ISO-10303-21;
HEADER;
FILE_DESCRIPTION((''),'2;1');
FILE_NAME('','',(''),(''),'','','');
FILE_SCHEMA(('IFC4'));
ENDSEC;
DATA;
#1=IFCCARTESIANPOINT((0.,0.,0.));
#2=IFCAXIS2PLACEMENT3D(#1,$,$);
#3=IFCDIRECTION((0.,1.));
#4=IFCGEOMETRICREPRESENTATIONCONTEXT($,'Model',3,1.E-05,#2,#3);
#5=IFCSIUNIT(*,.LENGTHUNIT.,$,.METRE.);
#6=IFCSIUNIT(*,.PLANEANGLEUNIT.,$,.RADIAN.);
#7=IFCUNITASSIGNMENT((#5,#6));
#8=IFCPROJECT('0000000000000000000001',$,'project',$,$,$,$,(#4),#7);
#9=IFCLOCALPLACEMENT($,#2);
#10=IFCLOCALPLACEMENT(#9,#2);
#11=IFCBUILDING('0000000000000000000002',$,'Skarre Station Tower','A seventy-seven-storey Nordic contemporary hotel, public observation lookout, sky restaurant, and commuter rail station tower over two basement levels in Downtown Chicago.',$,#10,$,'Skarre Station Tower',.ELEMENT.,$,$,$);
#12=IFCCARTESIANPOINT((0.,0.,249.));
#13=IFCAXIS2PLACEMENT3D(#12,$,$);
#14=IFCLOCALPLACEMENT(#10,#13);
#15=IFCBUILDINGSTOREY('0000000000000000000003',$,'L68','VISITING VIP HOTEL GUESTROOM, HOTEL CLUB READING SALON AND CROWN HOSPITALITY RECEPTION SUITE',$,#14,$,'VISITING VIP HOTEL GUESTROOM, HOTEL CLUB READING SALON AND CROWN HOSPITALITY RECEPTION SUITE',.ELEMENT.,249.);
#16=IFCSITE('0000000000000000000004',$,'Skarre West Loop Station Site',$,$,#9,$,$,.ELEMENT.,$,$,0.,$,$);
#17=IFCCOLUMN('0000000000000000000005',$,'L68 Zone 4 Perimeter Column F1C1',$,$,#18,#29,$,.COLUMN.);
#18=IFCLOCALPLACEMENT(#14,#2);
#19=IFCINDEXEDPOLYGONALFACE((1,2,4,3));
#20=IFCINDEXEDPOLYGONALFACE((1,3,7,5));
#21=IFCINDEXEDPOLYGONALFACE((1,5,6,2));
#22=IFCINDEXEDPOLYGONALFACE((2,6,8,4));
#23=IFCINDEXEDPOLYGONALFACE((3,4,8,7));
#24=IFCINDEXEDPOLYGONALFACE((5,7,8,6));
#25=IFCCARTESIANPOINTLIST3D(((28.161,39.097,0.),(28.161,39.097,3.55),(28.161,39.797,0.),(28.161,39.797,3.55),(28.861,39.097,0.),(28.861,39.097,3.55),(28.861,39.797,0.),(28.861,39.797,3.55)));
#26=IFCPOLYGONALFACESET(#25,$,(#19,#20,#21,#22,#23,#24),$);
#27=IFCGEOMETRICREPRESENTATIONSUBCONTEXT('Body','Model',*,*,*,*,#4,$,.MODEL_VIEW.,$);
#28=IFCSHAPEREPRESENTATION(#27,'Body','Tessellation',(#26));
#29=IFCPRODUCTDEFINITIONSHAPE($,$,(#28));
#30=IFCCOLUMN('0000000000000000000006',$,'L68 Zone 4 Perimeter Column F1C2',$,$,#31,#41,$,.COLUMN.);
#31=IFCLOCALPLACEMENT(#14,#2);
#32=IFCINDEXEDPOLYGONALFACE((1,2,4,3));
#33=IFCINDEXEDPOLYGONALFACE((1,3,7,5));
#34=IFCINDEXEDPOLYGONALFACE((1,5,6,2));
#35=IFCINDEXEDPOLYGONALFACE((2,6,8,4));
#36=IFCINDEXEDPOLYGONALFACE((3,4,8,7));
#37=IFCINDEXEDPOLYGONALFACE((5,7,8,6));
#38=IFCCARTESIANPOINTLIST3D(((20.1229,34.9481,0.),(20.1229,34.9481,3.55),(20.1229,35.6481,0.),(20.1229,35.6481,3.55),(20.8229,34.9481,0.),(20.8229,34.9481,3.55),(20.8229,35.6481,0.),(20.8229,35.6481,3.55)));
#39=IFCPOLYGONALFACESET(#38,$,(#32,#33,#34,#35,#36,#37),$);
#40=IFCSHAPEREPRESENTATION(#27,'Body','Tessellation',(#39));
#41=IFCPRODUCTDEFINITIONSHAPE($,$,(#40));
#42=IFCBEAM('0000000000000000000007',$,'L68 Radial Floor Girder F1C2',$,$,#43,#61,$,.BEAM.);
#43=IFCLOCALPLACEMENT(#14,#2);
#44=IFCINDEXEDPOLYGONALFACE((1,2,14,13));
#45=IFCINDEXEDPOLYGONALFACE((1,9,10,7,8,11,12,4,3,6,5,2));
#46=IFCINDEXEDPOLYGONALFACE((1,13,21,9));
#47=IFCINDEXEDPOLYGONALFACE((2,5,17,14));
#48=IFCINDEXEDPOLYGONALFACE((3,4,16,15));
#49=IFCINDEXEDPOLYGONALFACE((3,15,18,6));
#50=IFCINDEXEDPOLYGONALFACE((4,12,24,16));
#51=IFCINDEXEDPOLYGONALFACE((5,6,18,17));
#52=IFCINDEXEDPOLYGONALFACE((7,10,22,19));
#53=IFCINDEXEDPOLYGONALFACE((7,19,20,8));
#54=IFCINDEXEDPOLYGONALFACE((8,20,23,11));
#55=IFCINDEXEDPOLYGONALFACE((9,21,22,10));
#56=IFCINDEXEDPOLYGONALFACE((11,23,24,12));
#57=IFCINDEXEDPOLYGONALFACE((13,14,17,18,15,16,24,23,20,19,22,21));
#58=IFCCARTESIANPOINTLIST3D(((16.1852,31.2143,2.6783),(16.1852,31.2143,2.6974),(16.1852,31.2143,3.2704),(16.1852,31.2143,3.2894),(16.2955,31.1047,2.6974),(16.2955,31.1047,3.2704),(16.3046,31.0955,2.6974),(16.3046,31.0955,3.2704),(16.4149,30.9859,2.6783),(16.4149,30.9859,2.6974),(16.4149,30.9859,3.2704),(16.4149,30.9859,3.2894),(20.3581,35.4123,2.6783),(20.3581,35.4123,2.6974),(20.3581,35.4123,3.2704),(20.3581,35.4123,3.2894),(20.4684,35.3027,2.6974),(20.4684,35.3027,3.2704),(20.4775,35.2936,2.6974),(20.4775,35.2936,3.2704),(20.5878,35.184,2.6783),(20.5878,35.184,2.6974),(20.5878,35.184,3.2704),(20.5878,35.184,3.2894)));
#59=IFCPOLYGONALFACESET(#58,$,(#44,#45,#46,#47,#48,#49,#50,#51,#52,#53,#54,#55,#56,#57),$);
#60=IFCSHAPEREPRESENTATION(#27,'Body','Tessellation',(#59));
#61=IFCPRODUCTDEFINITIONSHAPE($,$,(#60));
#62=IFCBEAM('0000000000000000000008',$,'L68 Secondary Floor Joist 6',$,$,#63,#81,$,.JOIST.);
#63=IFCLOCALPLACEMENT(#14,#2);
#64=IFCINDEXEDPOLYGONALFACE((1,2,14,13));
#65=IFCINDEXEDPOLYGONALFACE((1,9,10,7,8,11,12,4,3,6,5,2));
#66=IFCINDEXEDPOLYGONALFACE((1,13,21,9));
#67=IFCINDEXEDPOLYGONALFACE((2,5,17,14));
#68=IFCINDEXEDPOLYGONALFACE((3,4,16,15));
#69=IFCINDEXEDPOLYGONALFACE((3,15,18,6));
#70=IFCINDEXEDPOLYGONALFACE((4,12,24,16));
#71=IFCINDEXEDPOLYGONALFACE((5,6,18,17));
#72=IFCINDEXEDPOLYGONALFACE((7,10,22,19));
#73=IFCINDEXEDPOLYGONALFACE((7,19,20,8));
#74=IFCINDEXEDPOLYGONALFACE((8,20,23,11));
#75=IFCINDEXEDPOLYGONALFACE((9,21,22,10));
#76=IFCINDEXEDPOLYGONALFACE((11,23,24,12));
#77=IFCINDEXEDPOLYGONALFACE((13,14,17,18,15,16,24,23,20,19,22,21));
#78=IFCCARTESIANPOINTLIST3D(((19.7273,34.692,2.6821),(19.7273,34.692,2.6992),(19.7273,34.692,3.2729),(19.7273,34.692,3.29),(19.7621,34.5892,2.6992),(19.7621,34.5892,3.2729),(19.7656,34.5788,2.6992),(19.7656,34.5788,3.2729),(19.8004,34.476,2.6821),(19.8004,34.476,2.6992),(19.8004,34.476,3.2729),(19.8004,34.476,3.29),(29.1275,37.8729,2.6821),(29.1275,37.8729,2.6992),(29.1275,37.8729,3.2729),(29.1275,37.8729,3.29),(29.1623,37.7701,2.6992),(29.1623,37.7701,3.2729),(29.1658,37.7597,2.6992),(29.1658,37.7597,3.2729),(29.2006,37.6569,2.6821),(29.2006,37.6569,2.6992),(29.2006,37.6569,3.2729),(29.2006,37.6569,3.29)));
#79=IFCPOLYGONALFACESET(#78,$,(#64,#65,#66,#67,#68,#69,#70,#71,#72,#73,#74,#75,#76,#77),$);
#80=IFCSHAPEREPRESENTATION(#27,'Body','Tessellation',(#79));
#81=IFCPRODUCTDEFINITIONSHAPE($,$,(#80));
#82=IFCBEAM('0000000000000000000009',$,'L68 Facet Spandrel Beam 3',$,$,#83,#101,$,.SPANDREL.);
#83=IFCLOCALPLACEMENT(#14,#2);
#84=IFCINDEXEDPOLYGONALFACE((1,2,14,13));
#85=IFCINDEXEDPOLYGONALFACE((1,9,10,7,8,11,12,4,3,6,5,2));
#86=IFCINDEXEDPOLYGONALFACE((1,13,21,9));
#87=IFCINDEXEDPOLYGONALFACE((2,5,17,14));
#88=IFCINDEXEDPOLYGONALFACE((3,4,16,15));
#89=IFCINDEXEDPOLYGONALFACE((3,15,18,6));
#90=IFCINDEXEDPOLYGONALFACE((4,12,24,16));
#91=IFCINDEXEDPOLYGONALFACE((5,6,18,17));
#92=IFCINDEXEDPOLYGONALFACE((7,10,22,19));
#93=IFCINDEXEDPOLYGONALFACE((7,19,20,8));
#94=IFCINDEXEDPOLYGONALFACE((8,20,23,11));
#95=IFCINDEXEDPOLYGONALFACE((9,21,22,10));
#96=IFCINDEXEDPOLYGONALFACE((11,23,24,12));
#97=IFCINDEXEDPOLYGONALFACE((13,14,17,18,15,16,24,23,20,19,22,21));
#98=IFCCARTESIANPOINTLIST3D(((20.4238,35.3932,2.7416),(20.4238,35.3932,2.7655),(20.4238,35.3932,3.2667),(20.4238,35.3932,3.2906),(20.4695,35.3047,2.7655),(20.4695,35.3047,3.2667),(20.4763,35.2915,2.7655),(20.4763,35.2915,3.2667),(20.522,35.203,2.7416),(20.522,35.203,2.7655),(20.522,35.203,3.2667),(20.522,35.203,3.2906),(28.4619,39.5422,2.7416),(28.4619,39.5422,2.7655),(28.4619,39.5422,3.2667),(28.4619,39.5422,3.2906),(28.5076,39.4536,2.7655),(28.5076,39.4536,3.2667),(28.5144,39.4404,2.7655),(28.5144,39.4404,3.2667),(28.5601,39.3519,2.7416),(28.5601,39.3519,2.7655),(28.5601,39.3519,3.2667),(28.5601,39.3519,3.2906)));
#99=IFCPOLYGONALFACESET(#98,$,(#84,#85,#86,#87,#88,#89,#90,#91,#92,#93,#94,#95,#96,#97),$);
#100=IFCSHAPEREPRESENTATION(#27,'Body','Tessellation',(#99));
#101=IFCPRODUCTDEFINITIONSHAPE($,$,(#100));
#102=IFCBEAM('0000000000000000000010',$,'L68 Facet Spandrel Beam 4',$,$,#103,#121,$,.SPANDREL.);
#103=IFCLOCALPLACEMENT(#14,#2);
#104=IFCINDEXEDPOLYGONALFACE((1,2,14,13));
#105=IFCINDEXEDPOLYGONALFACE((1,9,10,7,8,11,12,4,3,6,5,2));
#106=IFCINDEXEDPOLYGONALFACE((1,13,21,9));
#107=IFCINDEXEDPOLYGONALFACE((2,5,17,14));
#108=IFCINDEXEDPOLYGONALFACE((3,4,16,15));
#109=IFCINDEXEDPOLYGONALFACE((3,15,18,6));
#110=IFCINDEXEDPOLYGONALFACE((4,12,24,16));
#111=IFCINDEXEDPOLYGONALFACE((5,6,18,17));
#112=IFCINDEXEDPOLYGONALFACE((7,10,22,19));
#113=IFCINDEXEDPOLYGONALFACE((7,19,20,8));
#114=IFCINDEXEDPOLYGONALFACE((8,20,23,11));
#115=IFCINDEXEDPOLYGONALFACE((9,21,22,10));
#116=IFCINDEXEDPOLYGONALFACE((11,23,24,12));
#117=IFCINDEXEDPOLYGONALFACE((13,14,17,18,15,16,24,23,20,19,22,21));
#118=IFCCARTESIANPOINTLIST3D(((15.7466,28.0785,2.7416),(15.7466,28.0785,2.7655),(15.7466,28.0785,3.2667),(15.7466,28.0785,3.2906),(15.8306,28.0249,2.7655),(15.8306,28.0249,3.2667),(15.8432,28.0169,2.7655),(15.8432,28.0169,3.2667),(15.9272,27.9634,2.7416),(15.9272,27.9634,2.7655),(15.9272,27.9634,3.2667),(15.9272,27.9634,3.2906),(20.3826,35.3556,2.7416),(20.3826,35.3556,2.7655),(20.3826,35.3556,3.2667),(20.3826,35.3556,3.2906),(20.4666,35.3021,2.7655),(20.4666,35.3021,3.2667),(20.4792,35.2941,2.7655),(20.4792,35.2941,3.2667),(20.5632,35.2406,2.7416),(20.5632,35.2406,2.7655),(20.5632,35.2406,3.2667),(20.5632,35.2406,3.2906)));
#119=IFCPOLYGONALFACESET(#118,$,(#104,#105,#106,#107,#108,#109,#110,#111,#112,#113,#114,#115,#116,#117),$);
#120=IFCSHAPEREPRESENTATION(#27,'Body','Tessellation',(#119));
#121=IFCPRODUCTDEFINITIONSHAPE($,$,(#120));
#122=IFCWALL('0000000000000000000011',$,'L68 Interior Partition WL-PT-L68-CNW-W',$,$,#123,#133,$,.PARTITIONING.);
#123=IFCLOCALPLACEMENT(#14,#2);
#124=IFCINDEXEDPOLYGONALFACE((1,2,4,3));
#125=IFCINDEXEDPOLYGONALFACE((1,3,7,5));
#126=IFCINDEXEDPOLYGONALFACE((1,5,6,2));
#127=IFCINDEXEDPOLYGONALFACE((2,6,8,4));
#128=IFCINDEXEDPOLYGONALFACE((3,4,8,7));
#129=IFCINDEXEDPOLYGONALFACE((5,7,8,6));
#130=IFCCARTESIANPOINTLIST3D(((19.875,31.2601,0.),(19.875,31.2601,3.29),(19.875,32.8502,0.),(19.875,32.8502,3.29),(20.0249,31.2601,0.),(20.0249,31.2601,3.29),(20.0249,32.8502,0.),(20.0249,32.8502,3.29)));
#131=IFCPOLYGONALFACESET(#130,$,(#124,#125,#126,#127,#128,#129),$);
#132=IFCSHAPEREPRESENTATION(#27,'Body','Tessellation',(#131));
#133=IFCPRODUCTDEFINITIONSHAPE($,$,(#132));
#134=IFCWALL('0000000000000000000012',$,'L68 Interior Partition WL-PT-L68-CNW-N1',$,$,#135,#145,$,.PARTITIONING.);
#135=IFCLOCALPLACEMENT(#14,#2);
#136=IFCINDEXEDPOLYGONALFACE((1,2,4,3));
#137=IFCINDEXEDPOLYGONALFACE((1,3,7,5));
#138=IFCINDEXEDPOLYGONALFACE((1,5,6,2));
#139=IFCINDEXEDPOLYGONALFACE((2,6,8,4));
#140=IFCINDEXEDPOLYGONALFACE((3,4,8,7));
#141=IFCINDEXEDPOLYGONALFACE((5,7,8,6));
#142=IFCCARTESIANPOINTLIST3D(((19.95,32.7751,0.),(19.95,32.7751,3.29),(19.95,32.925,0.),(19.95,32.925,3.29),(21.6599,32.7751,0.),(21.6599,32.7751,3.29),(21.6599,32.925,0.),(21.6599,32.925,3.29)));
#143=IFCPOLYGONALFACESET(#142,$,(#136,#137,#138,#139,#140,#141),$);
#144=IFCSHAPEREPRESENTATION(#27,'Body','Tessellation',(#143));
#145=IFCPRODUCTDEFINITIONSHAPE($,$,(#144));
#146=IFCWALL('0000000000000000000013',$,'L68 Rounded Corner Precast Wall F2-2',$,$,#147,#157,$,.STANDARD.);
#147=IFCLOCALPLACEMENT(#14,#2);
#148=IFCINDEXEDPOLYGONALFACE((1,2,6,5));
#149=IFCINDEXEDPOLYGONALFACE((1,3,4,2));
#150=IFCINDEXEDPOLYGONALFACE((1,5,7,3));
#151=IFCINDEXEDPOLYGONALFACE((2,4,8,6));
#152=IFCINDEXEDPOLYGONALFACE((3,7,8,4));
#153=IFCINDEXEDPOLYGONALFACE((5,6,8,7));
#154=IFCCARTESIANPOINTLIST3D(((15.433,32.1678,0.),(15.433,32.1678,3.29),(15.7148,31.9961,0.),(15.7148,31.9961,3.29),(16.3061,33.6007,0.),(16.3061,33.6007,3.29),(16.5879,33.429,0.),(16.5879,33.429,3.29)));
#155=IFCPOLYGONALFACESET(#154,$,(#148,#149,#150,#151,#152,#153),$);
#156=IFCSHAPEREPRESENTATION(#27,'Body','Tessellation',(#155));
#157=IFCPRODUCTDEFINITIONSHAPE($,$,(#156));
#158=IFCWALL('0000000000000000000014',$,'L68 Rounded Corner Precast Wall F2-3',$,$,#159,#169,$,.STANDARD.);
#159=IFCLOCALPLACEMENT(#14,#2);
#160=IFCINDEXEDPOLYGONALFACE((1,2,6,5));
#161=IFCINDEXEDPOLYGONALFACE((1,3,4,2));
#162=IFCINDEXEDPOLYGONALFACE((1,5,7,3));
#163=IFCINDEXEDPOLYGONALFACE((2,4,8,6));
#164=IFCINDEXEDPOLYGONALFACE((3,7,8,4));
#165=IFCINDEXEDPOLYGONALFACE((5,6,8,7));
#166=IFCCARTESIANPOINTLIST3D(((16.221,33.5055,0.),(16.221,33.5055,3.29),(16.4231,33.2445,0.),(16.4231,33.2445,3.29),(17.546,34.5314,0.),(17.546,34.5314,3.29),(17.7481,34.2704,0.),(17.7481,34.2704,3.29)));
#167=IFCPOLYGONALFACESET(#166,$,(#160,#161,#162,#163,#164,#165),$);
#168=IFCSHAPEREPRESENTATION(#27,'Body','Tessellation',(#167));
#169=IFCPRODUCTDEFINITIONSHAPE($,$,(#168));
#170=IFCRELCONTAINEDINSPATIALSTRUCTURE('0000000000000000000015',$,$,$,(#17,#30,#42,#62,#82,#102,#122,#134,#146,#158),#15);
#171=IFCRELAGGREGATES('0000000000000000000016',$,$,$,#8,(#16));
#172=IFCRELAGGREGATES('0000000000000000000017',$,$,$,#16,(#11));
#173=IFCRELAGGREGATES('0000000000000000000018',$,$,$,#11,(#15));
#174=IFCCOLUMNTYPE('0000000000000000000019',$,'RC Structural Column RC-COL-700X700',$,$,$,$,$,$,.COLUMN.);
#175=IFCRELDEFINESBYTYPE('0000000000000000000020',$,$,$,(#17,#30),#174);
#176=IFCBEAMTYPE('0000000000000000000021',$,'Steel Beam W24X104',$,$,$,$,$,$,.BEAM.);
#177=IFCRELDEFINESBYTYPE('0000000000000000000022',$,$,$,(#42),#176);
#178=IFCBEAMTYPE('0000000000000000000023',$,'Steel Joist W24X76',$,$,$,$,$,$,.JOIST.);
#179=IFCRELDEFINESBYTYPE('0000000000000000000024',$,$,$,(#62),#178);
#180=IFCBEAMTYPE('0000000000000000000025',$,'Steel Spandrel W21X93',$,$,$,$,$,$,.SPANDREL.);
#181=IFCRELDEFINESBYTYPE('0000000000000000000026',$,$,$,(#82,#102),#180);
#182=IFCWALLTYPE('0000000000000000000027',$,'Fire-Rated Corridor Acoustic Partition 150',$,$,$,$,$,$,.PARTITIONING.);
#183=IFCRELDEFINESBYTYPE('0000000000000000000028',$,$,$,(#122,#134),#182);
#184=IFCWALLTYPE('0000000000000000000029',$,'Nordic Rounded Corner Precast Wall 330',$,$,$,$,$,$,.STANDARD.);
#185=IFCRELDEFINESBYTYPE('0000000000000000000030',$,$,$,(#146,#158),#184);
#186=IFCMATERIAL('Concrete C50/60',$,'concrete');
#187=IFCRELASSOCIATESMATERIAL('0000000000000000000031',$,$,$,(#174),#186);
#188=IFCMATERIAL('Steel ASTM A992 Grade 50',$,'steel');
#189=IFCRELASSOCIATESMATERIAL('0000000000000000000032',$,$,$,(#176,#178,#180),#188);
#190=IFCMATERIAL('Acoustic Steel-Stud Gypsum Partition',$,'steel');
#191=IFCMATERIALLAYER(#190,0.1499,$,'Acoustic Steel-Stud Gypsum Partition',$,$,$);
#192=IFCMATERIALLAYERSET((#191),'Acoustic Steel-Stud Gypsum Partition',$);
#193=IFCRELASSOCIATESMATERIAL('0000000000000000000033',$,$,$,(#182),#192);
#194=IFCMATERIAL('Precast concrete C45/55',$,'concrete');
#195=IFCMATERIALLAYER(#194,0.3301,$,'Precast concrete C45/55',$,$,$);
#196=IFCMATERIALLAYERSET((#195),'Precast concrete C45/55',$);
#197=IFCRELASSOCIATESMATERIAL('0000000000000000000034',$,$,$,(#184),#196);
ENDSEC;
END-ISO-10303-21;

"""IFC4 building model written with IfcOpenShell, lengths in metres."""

from ifc_helpers import new_model, si_unit, direction, frame, frame_2d, origin, origin_2d, place, context, subcontext, project, spatial, rectangle, i_section, extrude, material, layer, layer_set, material_profile, profile_set, type_object, element, save


model = new_model("IFC4")

# Units and contexts
model_context = context("Model", 3, precision=1e-05, world=origin(), true_north=direction((0.0, 1.0)))
body_context = subcontext(model_context, "Body", "Model", "MODEL_VIEW")
ifc_project = project(units=[si_unit("LENGTHUNIT", "METRE"), si_unit("PLANEANGLEUNIT", "RADIAN")], contexts=[model_context])

# Site, building, storey
site_placement = place(None, origin())
site = spatial("IfcSite", under=ifc_project, at=site_placement, Name="Skarre West Loop Station Site", CompositionType="ELEMENT", RefElevation=0.0)
building_placement = place(site_placement, origin())
building = spatial("IfcBuilding", under=site, at=building_placement, Name="Skarre Station Tower", Description="A seventy-seven-storey Nordic contemporary hotel, public observation lookout, sky restaurant, and commuter rail station tower over two basement levels in Downtown Chicago.", LongName="Skarre Station Tower", CompositionType="ELEMENT")
storey_placement = place(building_placement, frame((0.0, 0.0, 249.0)))
storey = spatial("IfcBuildingStorey", under=building, at=storey_placement, Name="L68", Description="VISITING VIP HOTEL GUESTROOM, HOTEL CLUB READING SALON AND CROWN HOSPITALITY RECEPTION SUITE", LongName="VISITING VIP HOTEL GUESTROOM, HOTEL CLUB READING SALON AND CROWN HOSPITALITY RECEPTION SUITE", CompositionType="ELEMENT", Elevation=249.0)

# Columns
ifc_material_1 = material(Name="Concrete C50/60", Category="concrete")
ifc_material_profile_1 = material_profile(ifc_material_1, rectangle(XDim=0.7, YDim=0.7, at=origin_2d()), Name="Concrete C50/60")
ifc_profile_set_1 = profile_set([ifc_material_profile_1], Name="Concrete C50/60")
column_type = type_object("IfcColumnType", Name="RC Structural Column RC-COL-700X700", PredefinedType="COLUMN", material=ifc_profile_set_1)
for number, where, z_axis, x_axis, name in (
    (1, (28.511, 39.447, 0.0), (0.0, 0.0, 1.0), (1.0, 0.0, 0.0), "L68 Zone 4 Perimeter Column F1C1"),
    (2, (20.4729, 35.2981, 0.0), (0.0, 0.0, 1.0), (1.0, 0.0, 0.0), "L68 Zone 4 Perimeter Column F1C2"),
):
    element("IfcColumn", number, at=place(storey_placement, frame(where, z_axis=z_axis, x_axis=x_axis)), inside=storey, type_object=column_type, Name=name, PredefinedType="COLUMN", context=body_context, shape_type="SweptSolid", body=[
        extrude(rectangle(XDim=0.7, YDim=0.7, at=origin_2d()), origin(), (0.0, 0.0, 1.0), 3.55),
    ])

# Beams
ifc_material_2 = material(Name="Steel ASTM A992 Grade 50", Category="steel")
ifc_material_profile_2 = material_profile(ifc_material_2, i_section(OverallWidth=0.324, OverallDepth=0.6111, WebThickness=0.0129, FlangeThickness=0.019, at=origin_2d()), Name="Steel ASTM A992 Grade 50")
ifc_profile_set_2 = profile_set([ifc_material_profile_2], Name="Steel ASTM A992 Grade 50")
beam_type_1 = type_object("IfcBeamType", Name="Steel Beam W24X104", PredefinedType="BEAM", material=ifc_profile_set_2)
beam_1_placement = place(storey_placement, frame((16.3, 31.1001, 2.9839), z_axis=(0.704979, 0.709228, 0.0), x_axis=(-0.709228, 0.704979, 0.0)))
element("IfcBeam", 3, at=beam_1_placement, inside=storey, type_object=beam_type_1, Name="L68 Radial Floor Girder F1C2", PredefinedType="BEAM", context=body_context, shape_type="SweptSolid", body=[
    extrude(i_section(OverallWidth=0.324, OverallDepth=0.6111, WebThickness=0.0129, FlangeThickness=0.019, at=origin_2d()), origin(), (0.0, 0.0, 1.0), 5.9192),
])
ifc_material_profile_3 = material_profile(ifc_material_2, i_section(OverallWidth=0.228, OverallDepth=0.6079, WebThickness=0.011, FlangeThickness=0.0171, at=origin_2d()), Name="Steel ASTM A992 Grade 50")
ifc_profile_set_3 = profile_set([ifc_material_profile_3], Name="Steel ASTM A992 Grade 50")
beam_type_2 = type_object("IfcBeamType", Name="Steel Joist W24X76", PredefinedType="JOIST", material=ifc_profile_set_3)
beam_2_placement = place(storey_placement, frame((29.1641, 37.7649, 2.9861), z_axis=(-0.947237, -0.320535, 0.0), x_axis=(0.320535, -0.947237, 0.0)))
element("IfcBeam", 4, at=beam_2_placement, inside=storey, type_object=beam_type_2, Name="L68 Secondary Floor Joist 6", PredefinedType="JOIST", context=body_context, shape_type="SweptSolid", body=[
    extrude(i_section(OverallWidth=0.228, OverallDepth=0.6079, WebThickness=0.011, FlangeThickness=0.0171, at=origin_2d()), origin(), (0.0, 0.0, 1.0), 9.9238),
])
ifc_material_profile_4 = material_profile(ifc_material_2, i_section(OverallWidth=0.2141, OverallDepth=0.5491, WebThickness=0.0149, FlangeThickness=0.0239, at=origin_2d()), Name="Steel ASTM A992 Grade 50")
ifc_profile_set_4 = profile_set([ifc_material_profile_4], Name="Steel ASTM A992 Grade 50")
beam_type_3 = type_object("IfcBeamType", Name="Steel Spandrel W21X93", PredefinedType="SPANDREL", material=ifc_profile_set_4)
beam_3_placement = place(storey_placement, frame((28.511, 39.447, 3.0161), z_axis=(-0.88861, -0.458664, 0.0), x_axis=(0.458664, -0.88861, 0.0)))
element("IfcBeam", 5, at=beam_3_placement, inside=storey, type_object=beam_type_3, Name="L68 Facet Spandrel Beam 3", PredefinedType="SPANDREL", context=body_context, shape_type="SweptSolid", body=[
    extrude(i_section(OverallWidth=0.2141, OverallDepth=0.5491, WebThickness=0.0149, FlangeThickness=0.0239, at=origin_2d()), origin(), (0.0, 0.0, 1.0), 9.0457),
])
beam_4_placement = place(storey_placement, frame((20.4729, 35.2981, 3.0161), z_axis=(-0.537297, -0.843393, 0.0), x_axis=(0.843393, -0.537297, 0.0)))
element("IfcBeam", 6, at=beam_4_placement, inside=storey, type_object=beam_type_3, Name="L68 Facet Spandrel Beam 4", PredefinedType="SPANDREL", context=body_context, shape_type="SweptSolid", body=[
    extrude(i_section(OverallWidth=0.2141, OverallDepth=0.5491, WebThickness=0.0149, FlangeThickness=0.0239, at=origin_2d()), origin(), (0.0, 0.0, 1.0), 8.6284),
])

# Walls
ifc_material_3 = material(Name="Acoustic Steel-Stud Gypsum Partition", Category="steel")
ifc_layer_1 = layer(ifc_material_3, 0.1499, Name="Acoustic Steel-Stud Gypsum Partition")
ifc_layer_set_1 = layer_set([ifc_layer_1], Name="Acoustic Steel-Stud Gypsum Partition")
wall_type_1 = type_object("IfcWallType", Name="Fire-Rated Corridor Acoustic Partition 150", PredefinedType="PARTITIONING", material=ifc_layer_set_1)
wall_1_placement = place(storey_placement, frame((19.95, 32.8501, 0.0), z_axis=(0.0, 0.0, 1.0), x_axis=(0.0, -1.0, 0.0)))
element("IfcWall", 7, at=wall_1_placement, inside=storey, type_object=wall_type_1, Name="L68 Interior Partition WL-PT-L68-CNW-W", PredefinedType="PARTITIONING", context=body_context, shape_type="SweptSolid", body=[
    extrude(rectangle(XDim=1.5901, YDim=0.1499, at=frame_2d((0.7949, 0.0))), origin(), (0.0, 0.0, 1.0), 3.29),
])
wall_2_placement = place(storey_placement, frame((21.6599, 32.8501, 0.0), z_axis=(0.0, 0.0, 1.0), x_axis=(-1.0, 0.0, 0.0)))
element("IfcWall", 8, at=wall_2_placement, inside=storey, type_object=wall_type_1, Name="L68 Interior Partition WL-PT-L68-CNW-N1", PredefinedType="PARTITIONING", context=body_context, shape_type="SweptSolid", body=[
    extrude(rectangle(XDim=1.71, YDim=0.1499, at=frame_2d((0.855, 0.0))), origin(), (0.0, 0.0, 1.0), 3.29),
])
ifc_material_4 = material(Name="Precast concrete C45/55", Category="concrete")
ifc_layer_2 = layer(ifc_material_4, 0.3301, Name="Precast concrete C45/55")
ifc_layer_set_2 = layer_set([ifc_layer_2], Name="Precast concrete C45/55")
wall_type_2 = type_object("IfcWallType", Name="Nordic Rounded Corner Precast Wall 330", PredefinedType="STANDARD", material=ifc_layer_set_2)
wall_3_placement = place(storey_placement, frame((15.574, 32.082, 0.0), z_axis=(0.0, 0.0, 1.0), x_axis=(0.520325, 0.853968, 0.0)))
element("IfcWall", 9, at=wall_3_placement, inside=storey, type_object=wall_type_2, Name="L68 Rounded Corner Precast Wall F2-2", PredefinedType="STANDARD", context=body_context, shape_type="SweptSolid", body=[
    extrude(rectangle(XDim=1.678, YDim=0.3301, at=frame_2d((0.8389, 0.0))), origin(), (0.0, 0.0, 1.0), 3.29),
])
wall_4_placement = place(storey_placement, frame((16.322, 33.375, 0.0), z_axis=(0.0, 0.0, 1.0), x_axis=(0.790692, 0.612214, 0.0)))
element("IfcWall", 10, at=wall_4_placement, inside=storey, type_object=wall_type_2, Name="L68 Rounded Corner Precast Wall F2-3", PredefinedType="STANDARD", context=body_context, shape_type="SweptSolid", body=[
    extrude(rectangle(XDim=1.6758, YDim=0.3301, at=frame_2d((0.8379, 0.0))), origin(), (0.0, 0.0, 1.0), 3.29),
])

save(model, "model.ifc")
